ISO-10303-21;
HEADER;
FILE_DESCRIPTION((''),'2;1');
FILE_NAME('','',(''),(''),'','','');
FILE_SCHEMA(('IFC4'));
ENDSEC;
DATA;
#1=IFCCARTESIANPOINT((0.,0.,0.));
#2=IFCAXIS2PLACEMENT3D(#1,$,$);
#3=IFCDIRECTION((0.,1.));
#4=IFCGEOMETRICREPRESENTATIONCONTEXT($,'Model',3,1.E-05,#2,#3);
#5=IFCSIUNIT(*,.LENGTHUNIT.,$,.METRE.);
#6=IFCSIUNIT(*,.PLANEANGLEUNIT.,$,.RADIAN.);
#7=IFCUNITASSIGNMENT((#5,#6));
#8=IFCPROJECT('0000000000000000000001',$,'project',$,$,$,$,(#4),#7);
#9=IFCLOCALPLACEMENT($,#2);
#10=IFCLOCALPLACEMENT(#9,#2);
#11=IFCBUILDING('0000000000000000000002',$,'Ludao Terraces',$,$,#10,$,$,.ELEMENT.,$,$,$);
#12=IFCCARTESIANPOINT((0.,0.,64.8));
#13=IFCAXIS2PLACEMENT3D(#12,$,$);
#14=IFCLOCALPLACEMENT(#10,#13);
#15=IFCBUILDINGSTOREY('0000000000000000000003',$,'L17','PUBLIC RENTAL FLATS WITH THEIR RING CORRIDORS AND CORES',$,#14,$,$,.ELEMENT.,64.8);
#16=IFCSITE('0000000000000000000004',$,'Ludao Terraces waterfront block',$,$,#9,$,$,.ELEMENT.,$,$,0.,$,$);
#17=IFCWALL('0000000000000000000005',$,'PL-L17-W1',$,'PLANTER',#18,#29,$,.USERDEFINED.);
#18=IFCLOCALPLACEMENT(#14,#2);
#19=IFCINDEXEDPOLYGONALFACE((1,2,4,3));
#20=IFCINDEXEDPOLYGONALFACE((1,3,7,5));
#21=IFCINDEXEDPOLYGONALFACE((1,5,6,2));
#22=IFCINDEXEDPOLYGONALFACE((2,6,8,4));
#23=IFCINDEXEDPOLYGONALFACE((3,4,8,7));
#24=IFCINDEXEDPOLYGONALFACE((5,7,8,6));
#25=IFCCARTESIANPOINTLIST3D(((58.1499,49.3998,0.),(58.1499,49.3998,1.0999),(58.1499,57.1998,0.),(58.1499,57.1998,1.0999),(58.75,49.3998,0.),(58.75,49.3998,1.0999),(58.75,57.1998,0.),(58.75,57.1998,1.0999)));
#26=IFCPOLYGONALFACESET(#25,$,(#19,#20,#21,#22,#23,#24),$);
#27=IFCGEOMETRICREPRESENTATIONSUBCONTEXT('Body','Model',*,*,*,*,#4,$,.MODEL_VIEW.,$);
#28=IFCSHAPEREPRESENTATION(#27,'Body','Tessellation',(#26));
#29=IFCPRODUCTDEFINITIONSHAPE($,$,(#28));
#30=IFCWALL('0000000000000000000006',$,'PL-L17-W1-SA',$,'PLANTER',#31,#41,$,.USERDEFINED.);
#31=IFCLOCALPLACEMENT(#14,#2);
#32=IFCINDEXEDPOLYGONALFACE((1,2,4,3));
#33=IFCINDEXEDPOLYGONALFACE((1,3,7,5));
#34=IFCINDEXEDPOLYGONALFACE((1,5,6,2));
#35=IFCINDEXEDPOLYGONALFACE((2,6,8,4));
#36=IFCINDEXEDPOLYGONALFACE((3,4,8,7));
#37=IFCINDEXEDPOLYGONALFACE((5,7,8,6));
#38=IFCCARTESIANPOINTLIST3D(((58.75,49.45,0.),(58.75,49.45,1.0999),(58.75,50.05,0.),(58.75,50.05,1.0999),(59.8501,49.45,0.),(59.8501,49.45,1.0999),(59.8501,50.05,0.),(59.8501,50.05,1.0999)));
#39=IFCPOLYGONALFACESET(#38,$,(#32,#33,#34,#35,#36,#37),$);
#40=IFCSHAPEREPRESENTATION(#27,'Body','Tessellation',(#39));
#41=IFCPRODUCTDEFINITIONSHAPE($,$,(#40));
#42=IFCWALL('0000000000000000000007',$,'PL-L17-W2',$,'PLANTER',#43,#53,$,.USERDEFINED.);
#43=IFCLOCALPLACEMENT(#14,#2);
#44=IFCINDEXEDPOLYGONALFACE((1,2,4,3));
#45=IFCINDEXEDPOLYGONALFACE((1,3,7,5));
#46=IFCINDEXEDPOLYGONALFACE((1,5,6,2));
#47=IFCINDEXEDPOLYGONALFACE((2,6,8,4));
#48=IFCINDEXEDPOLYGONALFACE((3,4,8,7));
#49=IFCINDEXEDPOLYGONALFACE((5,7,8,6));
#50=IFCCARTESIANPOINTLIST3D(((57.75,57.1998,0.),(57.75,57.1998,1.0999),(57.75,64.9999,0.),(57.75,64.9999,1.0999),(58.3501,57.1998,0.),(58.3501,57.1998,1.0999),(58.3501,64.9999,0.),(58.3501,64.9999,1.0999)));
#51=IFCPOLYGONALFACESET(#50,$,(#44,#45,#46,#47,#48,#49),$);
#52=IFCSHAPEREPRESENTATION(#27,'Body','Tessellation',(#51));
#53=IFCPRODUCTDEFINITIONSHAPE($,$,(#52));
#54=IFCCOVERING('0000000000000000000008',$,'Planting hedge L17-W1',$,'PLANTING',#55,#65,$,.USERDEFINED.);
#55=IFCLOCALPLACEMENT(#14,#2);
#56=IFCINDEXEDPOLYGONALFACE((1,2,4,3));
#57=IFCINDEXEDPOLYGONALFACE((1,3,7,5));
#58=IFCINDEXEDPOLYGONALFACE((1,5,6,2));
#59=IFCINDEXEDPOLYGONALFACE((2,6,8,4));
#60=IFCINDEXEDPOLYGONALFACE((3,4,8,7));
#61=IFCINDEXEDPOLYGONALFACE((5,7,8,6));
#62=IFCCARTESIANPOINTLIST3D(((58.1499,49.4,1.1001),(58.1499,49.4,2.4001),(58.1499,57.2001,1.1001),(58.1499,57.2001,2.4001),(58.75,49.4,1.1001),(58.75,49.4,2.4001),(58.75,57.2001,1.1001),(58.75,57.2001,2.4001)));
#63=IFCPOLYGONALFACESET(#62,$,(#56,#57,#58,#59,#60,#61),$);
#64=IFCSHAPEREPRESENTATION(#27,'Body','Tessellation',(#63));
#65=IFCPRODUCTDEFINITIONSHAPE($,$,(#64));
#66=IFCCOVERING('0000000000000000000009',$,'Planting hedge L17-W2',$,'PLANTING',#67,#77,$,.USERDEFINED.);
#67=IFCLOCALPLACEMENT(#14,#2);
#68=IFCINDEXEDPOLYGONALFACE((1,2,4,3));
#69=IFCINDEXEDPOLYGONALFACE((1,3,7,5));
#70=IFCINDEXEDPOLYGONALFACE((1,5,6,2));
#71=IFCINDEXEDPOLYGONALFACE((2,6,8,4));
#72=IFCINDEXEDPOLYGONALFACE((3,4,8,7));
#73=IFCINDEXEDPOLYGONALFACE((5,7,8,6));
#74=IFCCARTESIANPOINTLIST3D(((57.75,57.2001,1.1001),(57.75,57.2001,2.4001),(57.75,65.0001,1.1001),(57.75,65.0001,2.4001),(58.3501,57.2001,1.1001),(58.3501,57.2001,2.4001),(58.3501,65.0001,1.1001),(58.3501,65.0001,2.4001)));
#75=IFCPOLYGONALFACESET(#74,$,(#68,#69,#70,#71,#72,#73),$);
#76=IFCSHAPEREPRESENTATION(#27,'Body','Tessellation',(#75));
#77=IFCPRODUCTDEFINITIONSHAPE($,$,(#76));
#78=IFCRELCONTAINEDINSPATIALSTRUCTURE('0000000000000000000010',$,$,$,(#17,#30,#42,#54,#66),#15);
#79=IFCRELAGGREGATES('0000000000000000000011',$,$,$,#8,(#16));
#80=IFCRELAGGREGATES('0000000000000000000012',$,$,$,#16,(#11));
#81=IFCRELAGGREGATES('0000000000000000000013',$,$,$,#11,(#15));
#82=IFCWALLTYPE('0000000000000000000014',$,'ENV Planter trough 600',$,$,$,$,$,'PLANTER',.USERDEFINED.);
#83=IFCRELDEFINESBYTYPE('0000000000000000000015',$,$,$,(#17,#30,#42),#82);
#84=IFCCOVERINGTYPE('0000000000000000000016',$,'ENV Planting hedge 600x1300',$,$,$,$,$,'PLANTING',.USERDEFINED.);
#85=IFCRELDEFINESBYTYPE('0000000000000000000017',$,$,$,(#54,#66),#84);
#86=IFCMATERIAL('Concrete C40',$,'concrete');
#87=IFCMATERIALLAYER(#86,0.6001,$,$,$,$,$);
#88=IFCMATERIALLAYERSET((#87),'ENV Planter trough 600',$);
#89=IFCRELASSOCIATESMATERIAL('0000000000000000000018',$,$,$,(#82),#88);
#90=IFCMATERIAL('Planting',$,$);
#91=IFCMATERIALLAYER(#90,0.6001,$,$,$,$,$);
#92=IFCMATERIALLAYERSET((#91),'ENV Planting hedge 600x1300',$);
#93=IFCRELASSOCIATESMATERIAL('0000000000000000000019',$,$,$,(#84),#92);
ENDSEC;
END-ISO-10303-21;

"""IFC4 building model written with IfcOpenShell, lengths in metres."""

from ifc_helpers import new_model, si_unit, direction, frame, frame_2d, origin, origin_2d, place, context, subcontext, project, spatial, rectangle, extrude, material, layer, layer_set, type_object, element, save


model = new_model("IFC4")

# Units and contexts
model_context = context("Model", 3, precision=1e-05, world=origin(), true_north=direction((0.0, 1.0)))
body_context = subcontext(model_context, "Body", "Model", "MODEL_VIEW")
ifc_project = project(units=[si_unit("LENGTHUNIT", "METRE"), si_unit("PLANEANGLEUNIT", "RADIAN")], contexts=[model_context])

# Site, building, storey
site_placement = place(None, origin())
site = spatial("IfcSite", under=ifc_project, at=site_placement, Name="Ludao Terraces waterfront block", CompositionType="ELEMENT", RefElevation=0.0)
building_placement = place(site_placement, origin())
building = spatial("IfcBuilding", under=site, at=building_placement, Name="Ludao Terraces", CompositionType="ELEMENT")
storey_placement = place(building_placement, frame((0.0, 0.0, 64.8)))
storey = spatial("IfcBuildingStorey", under=building, at=storey_placement, Name="L17", Description="PUBLIC RENTAL FLATS WITH THEIR RING CORRIDORS AND CORES", CompositionType="ELEMENT", Elevation=64.8)

# Shared definitions
ifc_material_1 = material(Name="Concrete C40", Category="concrete")

# Walls
ifc_layer_1 = layer(ifc_material_1, 0.6001)
ifc_layer_set_1 = layer_set([ifc_layer_1], Name="ENV Planter trough 600")
wall_type = type_object("IfcWallType", Name="ENV Planter trough 600", ElementType="PLANTER", PredefinedType="USERDEFINED", material=ifc_layer_set_1)
wall_1_placement = place(storey_placement, frame((58.45, 49.3999, 0.0), z_axis=(0.0, 0.0, 1.0), x_axis=(0.0, 1.0, 0.0)))
element("IfcWall", 1, at=wall_1_placement, inside=storey, type_object=wall_type, Name="PL-L17-W1", ObjectType="PLANTER", PredefinedType="USERDEFINED", context=body_context, shape_type="SweptSolid", body=[
    extrude(rectangle(XDim=7.8, YDim=0.6001, at=frame_2d((3.8999, 0.0))), origin(), (0.0, 0.0, 1.0), 1.0999),
])
wall_2_placement = place(storey_placement, frame((58.75, 49.75, 0.0), z_axis=(0.0, 0.0, 1.0), x_axis=(1.0, 0.0, 0.0)))
element("IfcWall", 2, at=wall_2_placement, inside=storey, type_object=wall_type, Name="PL-L17-W1-SA", ObjectType="PLANTER", PredefinedType="USERDEFINED", context=body_context, shape_type="SweptSolid", body=[
    extrude(rectangle(XDim=1.1001, YDim=0.6001, at=frame_2d((0.55, 0.0))), origin(), (0.0, 0.0, 1.0), 1.0999),
])
wall_3_placement = place(storey_placement, frame((58.05, 57.2, 0.0), z_axis=(0.0, 0.0, 1.0), x_axis=(0.0, 1.0, 0.0)))
element("IfcWall", 3, at=wall_3_placement, inside=storey, type_object=wall_type, Name="PL-L17-W2", ObjectType="PLANTER", PredefinedType="USERDEFINED", context=body_context, shape_type="SweptSolid", body=[
    extrude(rectangle(XDim=7.8, YDim=0.6001, at=frame_2d((3.8999, 0.0))), origin(), (0.0, 0.0, 1.0), 1.0999),
])

# Coverings
ifc_material_2 = material(Name="Planting")
ifc_layer_2 = layer(ifc_material_2, 0.6001)
ifc_layer_set_2 = layer_set([ifc_layer_2], Name="ENV Planting hedge 600x1300")
covering_type = type_object("IfcCoveringType", Name="ENV Planting hedge 600x1300", ElementType="PLANTING", PredefinedType="USERDEFINED", material=ifc_layer_set_2)
for number, where, z_axis, x_axis, name in (
    (4, (58.45, 53.3, 1.1001), (0.0, 0.0, 1.0), (1.0, 0.0, 0.0), "Planting hedge L17-W1"),
    (5, (58.05, 61.1001, 1.1001), (0.0, 0.0, 1.0), (1.0, 0.0, 0.0), "Planting hedge L17-W2"),
):
    element("IfcCovering", number, at=place(storey_placement, frame(where, z_axis=z_axis, x_axis=x_axis)), inside=storey, type_object=covering_type, Name=name, ObjectType="PLANTING", PredefinedType="USERDEFINED", context=body_context, shape_type="SweptSolid", body=[
        extrude(rectangle(XDim=0.6001, YDim=7.8, at=origin_2d()), origin(), (0.0, 0.0, 1.0), 1.3),
    ])

save(model, "model.ifc")
